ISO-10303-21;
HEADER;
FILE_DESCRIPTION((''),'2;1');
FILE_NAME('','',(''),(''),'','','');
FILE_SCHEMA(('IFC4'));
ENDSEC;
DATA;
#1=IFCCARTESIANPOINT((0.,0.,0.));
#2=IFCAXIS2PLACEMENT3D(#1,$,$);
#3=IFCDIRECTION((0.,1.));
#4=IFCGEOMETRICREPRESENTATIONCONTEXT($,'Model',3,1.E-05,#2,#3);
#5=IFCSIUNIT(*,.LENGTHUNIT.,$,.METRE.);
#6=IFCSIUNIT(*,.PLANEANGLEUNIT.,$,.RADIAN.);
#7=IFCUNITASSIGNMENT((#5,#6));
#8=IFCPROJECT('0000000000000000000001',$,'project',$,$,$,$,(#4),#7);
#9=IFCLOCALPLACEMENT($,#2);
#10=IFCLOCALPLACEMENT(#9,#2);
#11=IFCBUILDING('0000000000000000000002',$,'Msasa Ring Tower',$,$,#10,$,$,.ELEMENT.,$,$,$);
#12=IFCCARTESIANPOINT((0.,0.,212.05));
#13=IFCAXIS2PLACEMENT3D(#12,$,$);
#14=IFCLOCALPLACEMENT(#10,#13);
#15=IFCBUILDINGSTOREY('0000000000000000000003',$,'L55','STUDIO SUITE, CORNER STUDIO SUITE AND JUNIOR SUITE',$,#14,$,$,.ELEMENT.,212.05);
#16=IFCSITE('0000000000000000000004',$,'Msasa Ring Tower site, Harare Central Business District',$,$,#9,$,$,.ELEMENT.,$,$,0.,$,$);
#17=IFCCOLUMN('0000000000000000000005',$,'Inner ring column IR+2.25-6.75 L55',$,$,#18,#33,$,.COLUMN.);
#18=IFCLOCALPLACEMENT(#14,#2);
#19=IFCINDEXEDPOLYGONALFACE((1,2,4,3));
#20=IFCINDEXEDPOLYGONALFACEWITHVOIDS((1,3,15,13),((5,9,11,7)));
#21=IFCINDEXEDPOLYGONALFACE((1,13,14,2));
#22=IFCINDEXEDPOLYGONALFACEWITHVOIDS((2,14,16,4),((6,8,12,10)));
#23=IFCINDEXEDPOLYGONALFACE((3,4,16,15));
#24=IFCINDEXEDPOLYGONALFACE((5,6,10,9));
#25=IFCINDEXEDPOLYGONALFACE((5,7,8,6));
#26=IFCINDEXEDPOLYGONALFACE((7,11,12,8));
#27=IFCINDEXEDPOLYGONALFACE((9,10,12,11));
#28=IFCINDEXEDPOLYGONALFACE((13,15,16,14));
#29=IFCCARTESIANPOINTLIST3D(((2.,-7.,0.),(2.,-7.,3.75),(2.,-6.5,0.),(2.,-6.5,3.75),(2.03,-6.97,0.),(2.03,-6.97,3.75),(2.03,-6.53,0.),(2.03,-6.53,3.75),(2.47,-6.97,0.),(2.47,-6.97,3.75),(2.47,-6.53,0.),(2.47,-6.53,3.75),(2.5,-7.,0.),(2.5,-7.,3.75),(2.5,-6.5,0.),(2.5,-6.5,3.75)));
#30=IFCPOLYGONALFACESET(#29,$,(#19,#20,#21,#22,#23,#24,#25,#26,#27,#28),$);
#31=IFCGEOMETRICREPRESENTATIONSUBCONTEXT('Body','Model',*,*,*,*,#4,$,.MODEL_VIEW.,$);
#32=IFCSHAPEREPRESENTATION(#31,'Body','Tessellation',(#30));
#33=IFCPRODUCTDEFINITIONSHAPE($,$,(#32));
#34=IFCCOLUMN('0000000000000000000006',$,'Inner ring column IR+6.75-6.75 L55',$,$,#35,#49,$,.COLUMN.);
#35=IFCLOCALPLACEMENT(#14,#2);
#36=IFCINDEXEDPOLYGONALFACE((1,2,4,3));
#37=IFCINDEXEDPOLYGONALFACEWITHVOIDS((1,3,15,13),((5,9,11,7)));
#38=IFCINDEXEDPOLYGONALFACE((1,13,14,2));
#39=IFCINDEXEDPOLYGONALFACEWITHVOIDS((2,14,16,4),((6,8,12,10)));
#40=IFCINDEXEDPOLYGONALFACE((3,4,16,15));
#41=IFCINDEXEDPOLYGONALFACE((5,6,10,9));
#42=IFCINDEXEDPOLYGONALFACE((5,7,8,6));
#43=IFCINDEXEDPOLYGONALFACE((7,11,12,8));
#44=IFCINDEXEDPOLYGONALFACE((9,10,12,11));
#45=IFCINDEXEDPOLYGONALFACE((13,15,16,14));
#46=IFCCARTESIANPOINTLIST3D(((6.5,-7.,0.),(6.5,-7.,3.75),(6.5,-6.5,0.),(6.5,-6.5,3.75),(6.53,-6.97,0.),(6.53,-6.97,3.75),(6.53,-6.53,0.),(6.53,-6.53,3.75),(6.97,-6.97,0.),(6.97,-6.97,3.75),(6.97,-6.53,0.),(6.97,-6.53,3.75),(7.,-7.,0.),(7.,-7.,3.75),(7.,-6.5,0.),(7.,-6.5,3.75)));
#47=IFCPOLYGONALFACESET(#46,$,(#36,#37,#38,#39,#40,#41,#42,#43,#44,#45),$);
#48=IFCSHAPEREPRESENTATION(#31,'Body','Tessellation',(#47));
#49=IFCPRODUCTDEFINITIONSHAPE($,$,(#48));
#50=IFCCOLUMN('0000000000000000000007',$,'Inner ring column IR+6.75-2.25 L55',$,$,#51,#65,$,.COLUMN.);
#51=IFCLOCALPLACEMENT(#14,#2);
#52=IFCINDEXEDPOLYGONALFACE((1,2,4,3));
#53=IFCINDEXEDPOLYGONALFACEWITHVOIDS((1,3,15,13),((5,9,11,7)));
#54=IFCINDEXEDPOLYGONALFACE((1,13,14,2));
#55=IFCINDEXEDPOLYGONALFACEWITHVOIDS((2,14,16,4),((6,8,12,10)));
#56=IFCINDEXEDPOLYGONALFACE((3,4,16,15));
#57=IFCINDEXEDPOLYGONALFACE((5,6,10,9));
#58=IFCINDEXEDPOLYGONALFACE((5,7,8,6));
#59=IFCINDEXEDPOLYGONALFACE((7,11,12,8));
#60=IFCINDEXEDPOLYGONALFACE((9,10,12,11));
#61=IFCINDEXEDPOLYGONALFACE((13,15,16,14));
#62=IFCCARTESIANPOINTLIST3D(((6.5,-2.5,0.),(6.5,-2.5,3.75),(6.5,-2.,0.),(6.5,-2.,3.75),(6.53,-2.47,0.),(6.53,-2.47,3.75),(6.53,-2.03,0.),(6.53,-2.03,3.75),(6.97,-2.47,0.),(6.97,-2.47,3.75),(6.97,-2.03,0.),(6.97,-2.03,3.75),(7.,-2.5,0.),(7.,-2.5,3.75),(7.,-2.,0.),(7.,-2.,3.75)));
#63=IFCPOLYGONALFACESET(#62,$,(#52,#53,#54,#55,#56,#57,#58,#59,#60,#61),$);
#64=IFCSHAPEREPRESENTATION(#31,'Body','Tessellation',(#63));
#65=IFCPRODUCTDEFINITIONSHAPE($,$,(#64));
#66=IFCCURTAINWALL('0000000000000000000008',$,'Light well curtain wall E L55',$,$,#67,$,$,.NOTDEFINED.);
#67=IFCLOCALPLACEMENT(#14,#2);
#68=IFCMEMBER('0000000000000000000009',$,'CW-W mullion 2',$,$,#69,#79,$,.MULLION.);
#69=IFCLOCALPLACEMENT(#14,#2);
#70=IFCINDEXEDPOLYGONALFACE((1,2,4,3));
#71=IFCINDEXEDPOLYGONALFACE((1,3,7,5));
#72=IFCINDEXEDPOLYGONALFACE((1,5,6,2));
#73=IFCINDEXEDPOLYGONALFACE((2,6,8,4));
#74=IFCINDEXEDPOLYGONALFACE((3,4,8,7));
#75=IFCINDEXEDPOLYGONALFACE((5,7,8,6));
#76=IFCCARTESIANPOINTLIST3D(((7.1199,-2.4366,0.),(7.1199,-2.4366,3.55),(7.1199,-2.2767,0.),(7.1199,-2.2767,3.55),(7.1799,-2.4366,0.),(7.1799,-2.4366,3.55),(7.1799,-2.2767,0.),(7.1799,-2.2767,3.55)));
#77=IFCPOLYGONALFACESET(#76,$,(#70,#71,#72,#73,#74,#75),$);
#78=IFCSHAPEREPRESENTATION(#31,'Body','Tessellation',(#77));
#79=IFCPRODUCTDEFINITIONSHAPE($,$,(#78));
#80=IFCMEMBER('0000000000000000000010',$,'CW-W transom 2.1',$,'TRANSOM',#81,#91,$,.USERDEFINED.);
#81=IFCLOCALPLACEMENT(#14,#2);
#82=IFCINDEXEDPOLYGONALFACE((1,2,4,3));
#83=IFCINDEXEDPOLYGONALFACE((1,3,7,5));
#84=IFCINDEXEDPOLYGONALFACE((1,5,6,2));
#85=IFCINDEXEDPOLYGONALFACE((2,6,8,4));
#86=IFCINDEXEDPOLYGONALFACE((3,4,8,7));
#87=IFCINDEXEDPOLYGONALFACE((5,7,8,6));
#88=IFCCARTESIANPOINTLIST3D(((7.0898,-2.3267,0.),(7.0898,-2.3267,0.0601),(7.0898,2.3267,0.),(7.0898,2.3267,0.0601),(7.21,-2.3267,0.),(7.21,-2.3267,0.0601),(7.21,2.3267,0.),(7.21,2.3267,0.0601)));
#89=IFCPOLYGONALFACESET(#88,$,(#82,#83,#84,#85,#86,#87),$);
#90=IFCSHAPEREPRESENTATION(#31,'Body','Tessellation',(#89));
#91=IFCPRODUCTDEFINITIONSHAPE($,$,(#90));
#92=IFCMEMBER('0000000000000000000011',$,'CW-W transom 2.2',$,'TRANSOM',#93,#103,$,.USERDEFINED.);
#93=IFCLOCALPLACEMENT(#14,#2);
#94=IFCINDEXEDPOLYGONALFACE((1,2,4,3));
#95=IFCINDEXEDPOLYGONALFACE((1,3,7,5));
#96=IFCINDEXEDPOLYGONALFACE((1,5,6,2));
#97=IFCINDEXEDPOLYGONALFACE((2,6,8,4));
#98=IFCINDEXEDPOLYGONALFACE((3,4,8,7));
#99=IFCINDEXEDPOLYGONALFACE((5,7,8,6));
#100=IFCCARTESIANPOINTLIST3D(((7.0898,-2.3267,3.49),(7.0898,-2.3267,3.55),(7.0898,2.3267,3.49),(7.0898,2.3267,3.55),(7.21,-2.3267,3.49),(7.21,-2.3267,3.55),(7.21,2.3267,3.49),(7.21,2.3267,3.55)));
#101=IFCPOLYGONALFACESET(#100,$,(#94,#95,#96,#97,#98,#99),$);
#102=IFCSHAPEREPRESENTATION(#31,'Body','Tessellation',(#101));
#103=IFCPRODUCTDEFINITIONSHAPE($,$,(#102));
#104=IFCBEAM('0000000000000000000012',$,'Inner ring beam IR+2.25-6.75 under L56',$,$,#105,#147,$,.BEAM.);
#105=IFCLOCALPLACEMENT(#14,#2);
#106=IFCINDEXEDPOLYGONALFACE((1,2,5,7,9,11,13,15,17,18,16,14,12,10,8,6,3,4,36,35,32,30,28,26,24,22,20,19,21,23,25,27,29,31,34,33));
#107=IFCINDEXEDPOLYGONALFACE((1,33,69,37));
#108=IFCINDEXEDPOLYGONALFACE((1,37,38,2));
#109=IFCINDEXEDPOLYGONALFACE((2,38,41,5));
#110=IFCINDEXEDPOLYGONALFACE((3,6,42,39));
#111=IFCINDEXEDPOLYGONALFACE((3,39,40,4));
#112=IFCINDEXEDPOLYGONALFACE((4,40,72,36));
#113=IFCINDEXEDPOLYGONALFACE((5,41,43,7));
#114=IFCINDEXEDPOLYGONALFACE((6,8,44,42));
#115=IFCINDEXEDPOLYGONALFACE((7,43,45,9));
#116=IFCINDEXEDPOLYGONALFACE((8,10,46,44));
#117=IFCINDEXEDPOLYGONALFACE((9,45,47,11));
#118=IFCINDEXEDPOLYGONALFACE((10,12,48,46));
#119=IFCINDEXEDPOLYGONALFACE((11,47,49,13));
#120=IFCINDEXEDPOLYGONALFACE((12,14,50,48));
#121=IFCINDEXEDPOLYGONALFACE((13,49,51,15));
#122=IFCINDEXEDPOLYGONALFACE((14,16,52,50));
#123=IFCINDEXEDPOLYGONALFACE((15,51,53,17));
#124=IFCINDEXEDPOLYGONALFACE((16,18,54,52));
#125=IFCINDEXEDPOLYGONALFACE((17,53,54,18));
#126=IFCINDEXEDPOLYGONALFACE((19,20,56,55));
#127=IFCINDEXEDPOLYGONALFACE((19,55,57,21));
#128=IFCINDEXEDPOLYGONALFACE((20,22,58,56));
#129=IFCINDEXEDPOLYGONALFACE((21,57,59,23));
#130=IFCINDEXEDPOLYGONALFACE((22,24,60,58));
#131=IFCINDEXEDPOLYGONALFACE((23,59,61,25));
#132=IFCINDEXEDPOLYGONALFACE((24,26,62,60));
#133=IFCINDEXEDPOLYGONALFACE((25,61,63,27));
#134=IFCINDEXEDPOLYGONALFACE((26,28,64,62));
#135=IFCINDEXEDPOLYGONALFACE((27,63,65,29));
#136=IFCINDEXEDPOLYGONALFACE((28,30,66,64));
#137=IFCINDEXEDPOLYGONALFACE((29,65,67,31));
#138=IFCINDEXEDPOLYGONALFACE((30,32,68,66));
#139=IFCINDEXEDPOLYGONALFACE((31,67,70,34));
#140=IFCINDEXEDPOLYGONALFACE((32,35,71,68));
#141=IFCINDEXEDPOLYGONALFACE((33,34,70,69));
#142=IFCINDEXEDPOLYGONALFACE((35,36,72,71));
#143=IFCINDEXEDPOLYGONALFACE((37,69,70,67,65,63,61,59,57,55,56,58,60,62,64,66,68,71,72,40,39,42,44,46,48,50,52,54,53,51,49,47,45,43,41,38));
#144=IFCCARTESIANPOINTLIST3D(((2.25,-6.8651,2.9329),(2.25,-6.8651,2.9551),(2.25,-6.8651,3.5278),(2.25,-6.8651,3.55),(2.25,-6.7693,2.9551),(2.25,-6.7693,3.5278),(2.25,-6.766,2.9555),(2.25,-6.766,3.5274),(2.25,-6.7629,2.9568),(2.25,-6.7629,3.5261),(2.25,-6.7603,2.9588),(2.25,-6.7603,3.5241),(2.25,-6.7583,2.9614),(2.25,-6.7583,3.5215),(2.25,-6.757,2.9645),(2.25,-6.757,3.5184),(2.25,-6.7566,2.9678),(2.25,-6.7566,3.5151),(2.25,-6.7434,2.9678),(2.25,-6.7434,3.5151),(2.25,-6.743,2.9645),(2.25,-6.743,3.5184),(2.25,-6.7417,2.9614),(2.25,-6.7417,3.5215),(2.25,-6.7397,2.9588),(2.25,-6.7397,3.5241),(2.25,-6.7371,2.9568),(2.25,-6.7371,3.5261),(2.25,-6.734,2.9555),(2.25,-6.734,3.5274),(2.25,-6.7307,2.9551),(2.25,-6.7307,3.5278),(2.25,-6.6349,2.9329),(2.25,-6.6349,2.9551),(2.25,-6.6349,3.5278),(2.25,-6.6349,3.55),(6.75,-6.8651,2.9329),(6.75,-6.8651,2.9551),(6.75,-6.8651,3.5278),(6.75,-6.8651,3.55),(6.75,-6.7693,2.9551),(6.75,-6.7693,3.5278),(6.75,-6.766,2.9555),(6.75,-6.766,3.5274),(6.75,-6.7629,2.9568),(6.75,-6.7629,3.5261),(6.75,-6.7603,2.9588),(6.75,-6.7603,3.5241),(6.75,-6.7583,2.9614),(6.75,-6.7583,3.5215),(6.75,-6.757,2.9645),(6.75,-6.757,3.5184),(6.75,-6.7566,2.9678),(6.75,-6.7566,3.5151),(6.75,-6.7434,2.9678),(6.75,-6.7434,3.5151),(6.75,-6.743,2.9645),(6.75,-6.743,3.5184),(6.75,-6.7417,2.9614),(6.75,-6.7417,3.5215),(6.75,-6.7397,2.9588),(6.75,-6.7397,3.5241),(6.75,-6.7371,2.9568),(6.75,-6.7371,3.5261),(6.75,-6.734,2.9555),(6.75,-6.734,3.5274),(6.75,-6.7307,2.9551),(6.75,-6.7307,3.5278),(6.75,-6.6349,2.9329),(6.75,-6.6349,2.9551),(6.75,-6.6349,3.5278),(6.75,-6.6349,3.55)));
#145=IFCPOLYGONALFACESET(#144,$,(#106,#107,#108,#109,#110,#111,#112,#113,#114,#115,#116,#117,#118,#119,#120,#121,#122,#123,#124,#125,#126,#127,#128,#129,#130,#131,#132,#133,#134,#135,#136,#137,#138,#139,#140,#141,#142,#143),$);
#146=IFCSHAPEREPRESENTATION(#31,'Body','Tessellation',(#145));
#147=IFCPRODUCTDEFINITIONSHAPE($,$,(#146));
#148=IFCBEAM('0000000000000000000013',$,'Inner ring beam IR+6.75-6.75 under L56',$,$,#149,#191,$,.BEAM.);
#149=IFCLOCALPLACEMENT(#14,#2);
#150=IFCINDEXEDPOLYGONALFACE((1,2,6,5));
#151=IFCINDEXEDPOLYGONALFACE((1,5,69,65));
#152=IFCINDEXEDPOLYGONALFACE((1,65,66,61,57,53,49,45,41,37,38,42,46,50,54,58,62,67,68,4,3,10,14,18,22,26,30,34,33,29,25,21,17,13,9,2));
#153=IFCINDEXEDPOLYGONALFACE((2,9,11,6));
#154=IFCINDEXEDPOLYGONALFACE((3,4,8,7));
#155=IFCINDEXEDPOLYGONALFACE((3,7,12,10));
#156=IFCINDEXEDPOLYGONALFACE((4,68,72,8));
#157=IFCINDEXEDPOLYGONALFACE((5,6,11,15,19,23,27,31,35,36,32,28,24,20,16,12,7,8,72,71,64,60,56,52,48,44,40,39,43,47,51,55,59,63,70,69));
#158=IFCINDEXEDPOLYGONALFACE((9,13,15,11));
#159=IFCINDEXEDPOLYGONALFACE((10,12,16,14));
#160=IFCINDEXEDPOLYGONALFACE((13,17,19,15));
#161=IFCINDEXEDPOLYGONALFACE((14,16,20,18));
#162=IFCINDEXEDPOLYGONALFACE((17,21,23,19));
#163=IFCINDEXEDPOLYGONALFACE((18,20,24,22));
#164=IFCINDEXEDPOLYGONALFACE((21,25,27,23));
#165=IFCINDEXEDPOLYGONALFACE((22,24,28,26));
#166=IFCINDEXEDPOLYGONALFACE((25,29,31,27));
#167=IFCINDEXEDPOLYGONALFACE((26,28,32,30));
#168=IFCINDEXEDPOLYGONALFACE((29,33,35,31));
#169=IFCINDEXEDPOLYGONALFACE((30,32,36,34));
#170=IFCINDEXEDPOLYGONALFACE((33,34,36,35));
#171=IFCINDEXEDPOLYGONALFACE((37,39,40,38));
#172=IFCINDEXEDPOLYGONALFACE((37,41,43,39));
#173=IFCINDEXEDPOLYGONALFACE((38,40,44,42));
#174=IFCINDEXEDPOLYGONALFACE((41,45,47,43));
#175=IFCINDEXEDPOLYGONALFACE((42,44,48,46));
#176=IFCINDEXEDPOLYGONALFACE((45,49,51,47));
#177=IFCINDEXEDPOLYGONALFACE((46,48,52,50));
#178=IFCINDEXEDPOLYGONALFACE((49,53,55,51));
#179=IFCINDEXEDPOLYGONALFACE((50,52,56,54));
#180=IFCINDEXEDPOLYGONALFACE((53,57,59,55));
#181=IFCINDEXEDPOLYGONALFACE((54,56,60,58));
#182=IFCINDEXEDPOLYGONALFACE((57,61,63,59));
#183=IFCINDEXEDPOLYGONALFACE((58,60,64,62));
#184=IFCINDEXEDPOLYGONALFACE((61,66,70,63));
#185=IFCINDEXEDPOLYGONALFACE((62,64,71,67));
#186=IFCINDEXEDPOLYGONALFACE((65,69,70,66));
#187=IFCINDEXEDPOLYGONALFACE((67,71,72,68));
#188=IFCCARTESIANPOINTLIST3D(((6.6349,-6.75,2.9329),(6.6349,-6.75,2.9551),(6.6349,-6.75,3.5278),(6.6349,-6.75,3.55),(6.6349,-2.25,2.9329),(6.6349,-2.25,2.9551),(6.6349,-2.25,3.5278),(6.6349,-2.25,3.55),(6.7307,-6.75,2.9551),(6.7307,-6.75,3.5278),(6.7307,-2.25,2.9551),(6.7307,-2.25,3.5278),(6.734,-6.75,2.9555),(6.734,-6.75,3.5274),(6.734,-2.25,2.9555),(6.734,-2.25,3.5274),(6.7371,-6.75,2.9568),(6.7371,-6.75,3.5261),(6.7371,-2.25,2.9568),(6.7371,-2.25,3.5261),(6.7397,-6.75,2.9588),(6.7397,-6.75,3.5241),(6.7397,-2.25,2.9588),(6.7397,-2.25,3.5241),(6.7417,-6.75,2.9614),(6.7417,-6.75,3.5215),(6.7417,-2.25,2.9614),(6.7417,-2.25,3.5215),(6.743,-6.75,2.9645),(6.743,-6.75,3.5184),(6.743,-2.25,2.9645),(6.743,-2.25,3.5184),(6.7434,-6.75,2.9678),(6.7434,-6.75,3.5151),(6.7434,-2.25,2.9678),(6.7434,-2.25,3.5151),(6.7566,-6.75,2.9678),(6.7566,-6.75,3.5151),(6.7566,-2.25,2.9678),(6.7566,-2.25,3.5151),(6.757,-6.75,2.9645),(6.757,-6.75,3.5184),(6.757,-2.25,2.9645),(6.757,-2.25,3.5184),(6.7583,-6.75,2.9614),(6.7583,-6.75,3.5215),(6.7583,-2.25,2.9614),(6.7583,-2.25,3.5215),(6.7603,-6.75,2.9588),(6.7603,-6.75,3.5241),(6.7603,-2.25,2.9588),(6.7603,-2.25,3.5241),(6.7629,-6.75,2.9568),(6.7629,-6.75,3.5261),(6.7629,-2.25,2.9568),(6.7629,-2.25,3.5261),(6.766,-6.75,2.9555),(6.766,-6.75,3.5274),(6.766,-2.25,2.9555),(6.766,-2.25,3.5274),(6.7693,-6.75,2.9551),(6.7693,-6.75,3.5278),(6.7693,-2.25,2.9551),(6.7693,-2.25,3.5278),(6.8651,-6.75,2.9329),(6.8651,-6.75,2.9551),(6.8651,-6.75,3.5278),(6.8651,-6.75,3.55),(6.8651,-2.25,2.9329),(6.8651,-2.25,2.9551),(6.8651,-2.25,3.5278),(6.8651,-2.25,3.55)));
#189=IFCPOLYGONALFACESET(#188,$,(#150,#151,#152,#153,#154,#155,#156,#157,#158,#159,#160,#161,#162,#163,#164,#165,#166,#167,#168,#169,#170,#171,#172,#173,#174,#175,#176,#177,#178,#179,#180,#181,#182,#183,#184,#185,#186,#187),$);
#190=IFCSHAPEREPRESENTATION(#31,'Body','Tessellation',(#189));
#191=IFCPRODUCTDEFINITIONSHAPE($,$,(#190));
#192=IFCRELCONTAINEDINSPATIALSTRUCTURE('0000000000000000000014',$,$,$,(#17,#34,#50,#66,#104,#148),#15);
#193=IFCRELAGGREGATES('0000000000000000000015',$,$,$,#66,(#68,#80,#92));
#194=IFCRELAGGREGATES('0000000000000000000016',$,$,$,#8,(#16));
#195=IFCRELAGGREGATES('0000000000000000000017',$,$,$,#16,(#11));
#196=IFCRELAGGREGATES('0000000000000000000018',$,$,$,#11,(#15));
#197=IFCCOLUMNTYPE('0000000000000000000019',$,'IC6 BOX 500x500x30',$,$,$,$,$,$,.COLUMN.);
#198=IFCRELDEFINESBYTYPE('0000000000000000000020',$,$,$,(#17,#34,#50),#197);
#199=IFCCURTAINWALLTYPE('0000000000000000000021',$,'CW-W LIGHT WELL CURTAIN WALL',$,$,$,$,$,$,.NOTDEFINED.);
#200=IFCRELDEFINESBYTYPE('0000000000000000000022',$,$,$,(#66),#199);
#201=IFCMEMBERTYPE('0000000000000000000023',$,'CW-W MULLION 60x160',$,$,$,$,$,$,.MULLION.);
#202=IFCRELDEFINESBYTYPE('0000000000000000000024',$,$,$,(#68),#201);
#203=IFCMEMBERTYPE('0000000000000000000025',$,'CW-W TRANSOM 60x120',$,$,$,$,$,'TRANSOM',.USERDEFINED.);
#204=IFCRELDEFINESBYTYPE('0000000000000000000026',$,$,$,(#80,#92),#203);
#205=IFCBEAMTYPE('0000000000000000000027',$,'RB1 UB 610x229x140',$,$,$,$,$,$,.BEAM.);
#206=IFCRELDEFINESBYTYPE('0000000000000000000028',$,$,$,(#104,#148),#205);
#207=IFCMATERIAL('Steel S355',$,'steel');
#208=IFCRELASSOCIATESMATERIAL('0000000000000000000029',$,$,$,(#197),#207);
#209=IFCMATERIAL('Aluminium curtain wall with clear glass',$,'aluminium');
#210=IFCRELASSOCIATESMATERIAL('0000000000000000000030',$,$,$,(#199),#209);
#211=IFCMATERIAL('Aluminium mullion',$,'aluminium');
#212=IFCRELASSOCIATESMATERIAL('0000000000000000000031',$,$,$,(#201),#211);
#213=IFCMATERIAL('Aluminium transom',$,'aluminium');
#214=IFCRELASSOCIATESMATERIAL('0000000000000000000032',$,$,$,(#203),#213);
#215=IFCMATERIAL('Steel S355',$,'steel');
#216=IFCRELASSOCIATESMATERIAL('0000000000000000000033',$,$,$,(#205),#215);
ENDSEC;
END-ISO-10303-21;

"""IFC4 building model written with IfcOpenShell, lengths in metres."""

from ifc_helpers import new_model, si_unit, direction, frame, origin, origin_2d, place, context, subcontext, project, spatial, rectangle, hollow_rectangle, i_section, extrude, material, material_profile, profile_set, type_object, element, aggregate, save


model = new_model("IFC4")

# Units and contexts
model_context = context("Model", 3, precision=1e-05, world=origin(), true_north=direction((0.0, 1.0)))
body_context = subcontext(model_context, "Body", "Model", "MODEL_VIEW")
ifc_project = project(units=[si_unit("LENGTHUNIT", "METRE"), si_unit("PLANEANGLEUNIT", "RADIAN")], contexts=[model_context])

# Site, building, storey
site_placement = place(None, origin())
site = spatial("IfcSite", under=ifc_project, at=site_placement, Name="Msasa Ring Tower site, Harare Central Business District", CompositionType="ELEMENT", RefElevation=0.0)
building_placement = place(site_placement, origin())
building = spatial("IfcBuilding", under=site, at=building_placement, Name="Msasa Ring Tower", CompositionType="ELEMENT")
storey_placement = place(building_placement, frame((0.0, 0.0, 212.05)))
storey = spatial("IfcBuildingStorey", under=building, at=storey_placement, Name="L55", Description="STUDIO SUITE, CORNER STUDIO SUITE AND JUNIOR SUITE", CompositionType="ELEMENT", Elevation=212.05)

# Columns
ifc_material_1 = material(Name="Steel S355", Category="steel")
ifc_material_profile_1 = material_profile(ifc_material_1, hollow_rectangle(XDim=0.5, YDim=0.5, WallThickness=0.03, at=origin_2d()), Name="BOX 500x500x30")
ifc_profile_set_1 = profile_set([ifc_material_profile_1], Name="Steel S355")
column_type = type_object("IfcColumnType", Name="IC6 BOX 500x500x30", PredefinedType="COLUMN", material=ifc_profile_set_1)
for number, where, z_axis, x_axis, name in (
    (1, (2.25, -6.75, 0.0), (0.0, 0.0, 1.0), (1.0, 0.0, 0.0), "Inner ring column IR+2.25-6.75 L55"),
    (2, (6.75, -6.75, 0.0), (0.0, 0.0, 1.0), (1.0, 0.0, 0.0), "Inner ring column IR+6.75-6.75 L55"),
    (3, (6.75, -2.25, 0.0), (0.0, 0.0, 1.0), (1.0, 0.0, 0.0), "Inner ring column IR+6.75-2.25 L55"),
):
    element("IfcColumn", number, at=place(storey_placement, frame(where, z_axis=z_axis, x_axis=x_axis)), inside=storey, type_object=column_type, Name=name, PredefinedType="COLUMN", context=body_context, shape_type="SweptSolid", body=[
        extrude(hollow_rectangle(XDim=0.5, YDim=0.5, WallThickness=0.03, at=origin_2d()), origin(), (0.0, 0.0, 1.0), 3.75),
    ])

# Curtain wall, members
ifc_material_2 = material(Name="Aluminium curtain wall with clear glass", Category="aluminium")
curtain_wall_type = type_object("IfcCurtainWallType", Name="CW-W LIGHT WELL CURTAIN WALL", PredefinedType="NOTDEFINED", material=ifc_material_2)
curtain_wall_placement = place(storey_placement, origin())
curtain_wall = element("IfcCurtainWall", 4, at=curtain_wall_placement, inside=storey, type_object=curtain_wall_type, Name="Light well curtain wall E L55", PredefinedType="NOTDEFINED")
ifc_material_3 = material(Name="Aluminium mullion", Category="aluminium")
ifc_material_profile_2 = material_profile(ifc_material_3, rectangle(XDim=0.0601, YDim=0.1599, at=origin_2d()), Name="AL 60x160")
ifc_profile_set_2 = profile_set([ifc_material_profile_2], Name="Aluminium mullion")
member_type_1 = type_object("IfcMemberType", Name="CW-W MULLION 60x160", PredefinedType="MULLION", material=ifc_profile_set_2)
member_1_placement = place(storey_placement, frame((7.1499, -2.3567, 0.0), z_axis=(0.0, 0.0, 1.0), x_axis=(-1.0, 0.0, 0.0)))
member_1 = element("IfcMember", 5, at=member_1_placement, type_object=member_type_1, Name="CW-W mullion 2", PredefinedType="MULLION", context=body_context, shape_type="SweptSolid", body=[
    extrude(rectangle(XDim=0.0601, YDim=0.1599, at=origin_2d()), origin(), (0.0, 0.0, 1.0), 3.55),
])
ifc_material_4 = material(Name="Aluminium transom", Category="aluminium")
ifc_material_profile_3 = material_profile(ifc_material_4, rectangle(XDim=0.1201, YDim=0.0601, at=origin_2d()), Name="AL 60x120")
ifc_profile_set_3 = profile_set([ifc_material_profile_3], Name="Aluminium transom")
member_type_2 = type_object("IfcMemberType", Name="CW-W TRANSOM 60x120", ElementType="TRANSOM", PredefinedType="USERDEFINED", material=ifc_profile_set_3)
member_2_placement = place(storey_placement, frame((7.1499, -2.3267, 0.03), z_axis=(0.0, 1.0, 0.0), x_axis=(-1.0, 0.0, 0.0)))
member_2 = element("IfcMember", 6, at=member_2_placement, type_object=member_type_2, Name="CW-W transom 2.1", ObjectType="TRANSOM", PredefinedType="USERDEFINED", context=body_context, shape_type="SweptSolid", body=[
    extrude(rectangle(XDim=0.1201, YDim=0.0601, at=origin_2d()), origin(), (0.0, 0.0, 1.0), 4.6533),
])
member_3_placement = place(storey_placement, frame((7.1499, -2.3267, 3.52), z_axis=(0.0, 1.0, 0.0), x_axis=(-1.0, 0.0, 0.0)))
member_3 = element("IfcMember", 7, at=member_3_placement, type_object=member_type_2, Name="CW-W transom 2.2", ObjectType="TRANSOM", PredefinedType="USERDEFINED", context=body_context, shape_type="SweptSolid", body=[
    extrude(rectangle(XDim=0.1201, YDim=0.0601, at=origin_2d()), origin(), (0.0, 0.0, 1.0), 4.6533),
])

# Beams
ifc_material_5 = material(Name="Steel S355", Category="steel")
ifc_material_profile_4 = material_profile(ifc_material_5, i_section(OverallWidth=0.2302, OverallDepth=0.6172, WebThickness=0.0132, FlangeThickness=0.0222, FilletRadius=0.0127, at=origin_2d()), Name="UB 610x229x140")
ifc_profile_set_4 = profile_set([ifc_material_profile_4], Name="Steel S355")
beam_type = type_object("IfcBeamType", Name="RB1 UB 610x229x140", PredefinedType="BEAM", material=ifc_profile_set_4)
for number, where, z_axis, x_axis, name in (
    (8, (2.25, -6.75, 3.2415), (1.0, 0.0, 0.0), (0.0, 1.0, 0.0), "Inner ring beam IR+2.25-6.75 under L56"),
    (9, (6.75, -6.75, 3.2415), (0.0, 1.0, 0.0), (-1.0, 0.0, 0.0), "Inner ring beam IR+6.75-6.75 under L56"),
):
    element("IfcBeam", number, at=place(storey_placement, frame(where, z_axis=z_axis, x_axis=x_axis)), inside=storey, type_object=beam_type, Name=name, PredefinedType="BEAM", context=body_context, shape_type="SweptSolid", body=[
        extrude(i_section(OverallWidth=0.2302, OverallDepth=0.6172, WebThickness=0.0132, FlangeThickness=0.0222, FilletRadius=0.0127, at=origin_2d()), origin(), (0.0, 0.0, 1.0), 4.5),
    ])

aggregate(curtain_wall, [member_1, member_2, member_3])

save(model, "model.ifc")
